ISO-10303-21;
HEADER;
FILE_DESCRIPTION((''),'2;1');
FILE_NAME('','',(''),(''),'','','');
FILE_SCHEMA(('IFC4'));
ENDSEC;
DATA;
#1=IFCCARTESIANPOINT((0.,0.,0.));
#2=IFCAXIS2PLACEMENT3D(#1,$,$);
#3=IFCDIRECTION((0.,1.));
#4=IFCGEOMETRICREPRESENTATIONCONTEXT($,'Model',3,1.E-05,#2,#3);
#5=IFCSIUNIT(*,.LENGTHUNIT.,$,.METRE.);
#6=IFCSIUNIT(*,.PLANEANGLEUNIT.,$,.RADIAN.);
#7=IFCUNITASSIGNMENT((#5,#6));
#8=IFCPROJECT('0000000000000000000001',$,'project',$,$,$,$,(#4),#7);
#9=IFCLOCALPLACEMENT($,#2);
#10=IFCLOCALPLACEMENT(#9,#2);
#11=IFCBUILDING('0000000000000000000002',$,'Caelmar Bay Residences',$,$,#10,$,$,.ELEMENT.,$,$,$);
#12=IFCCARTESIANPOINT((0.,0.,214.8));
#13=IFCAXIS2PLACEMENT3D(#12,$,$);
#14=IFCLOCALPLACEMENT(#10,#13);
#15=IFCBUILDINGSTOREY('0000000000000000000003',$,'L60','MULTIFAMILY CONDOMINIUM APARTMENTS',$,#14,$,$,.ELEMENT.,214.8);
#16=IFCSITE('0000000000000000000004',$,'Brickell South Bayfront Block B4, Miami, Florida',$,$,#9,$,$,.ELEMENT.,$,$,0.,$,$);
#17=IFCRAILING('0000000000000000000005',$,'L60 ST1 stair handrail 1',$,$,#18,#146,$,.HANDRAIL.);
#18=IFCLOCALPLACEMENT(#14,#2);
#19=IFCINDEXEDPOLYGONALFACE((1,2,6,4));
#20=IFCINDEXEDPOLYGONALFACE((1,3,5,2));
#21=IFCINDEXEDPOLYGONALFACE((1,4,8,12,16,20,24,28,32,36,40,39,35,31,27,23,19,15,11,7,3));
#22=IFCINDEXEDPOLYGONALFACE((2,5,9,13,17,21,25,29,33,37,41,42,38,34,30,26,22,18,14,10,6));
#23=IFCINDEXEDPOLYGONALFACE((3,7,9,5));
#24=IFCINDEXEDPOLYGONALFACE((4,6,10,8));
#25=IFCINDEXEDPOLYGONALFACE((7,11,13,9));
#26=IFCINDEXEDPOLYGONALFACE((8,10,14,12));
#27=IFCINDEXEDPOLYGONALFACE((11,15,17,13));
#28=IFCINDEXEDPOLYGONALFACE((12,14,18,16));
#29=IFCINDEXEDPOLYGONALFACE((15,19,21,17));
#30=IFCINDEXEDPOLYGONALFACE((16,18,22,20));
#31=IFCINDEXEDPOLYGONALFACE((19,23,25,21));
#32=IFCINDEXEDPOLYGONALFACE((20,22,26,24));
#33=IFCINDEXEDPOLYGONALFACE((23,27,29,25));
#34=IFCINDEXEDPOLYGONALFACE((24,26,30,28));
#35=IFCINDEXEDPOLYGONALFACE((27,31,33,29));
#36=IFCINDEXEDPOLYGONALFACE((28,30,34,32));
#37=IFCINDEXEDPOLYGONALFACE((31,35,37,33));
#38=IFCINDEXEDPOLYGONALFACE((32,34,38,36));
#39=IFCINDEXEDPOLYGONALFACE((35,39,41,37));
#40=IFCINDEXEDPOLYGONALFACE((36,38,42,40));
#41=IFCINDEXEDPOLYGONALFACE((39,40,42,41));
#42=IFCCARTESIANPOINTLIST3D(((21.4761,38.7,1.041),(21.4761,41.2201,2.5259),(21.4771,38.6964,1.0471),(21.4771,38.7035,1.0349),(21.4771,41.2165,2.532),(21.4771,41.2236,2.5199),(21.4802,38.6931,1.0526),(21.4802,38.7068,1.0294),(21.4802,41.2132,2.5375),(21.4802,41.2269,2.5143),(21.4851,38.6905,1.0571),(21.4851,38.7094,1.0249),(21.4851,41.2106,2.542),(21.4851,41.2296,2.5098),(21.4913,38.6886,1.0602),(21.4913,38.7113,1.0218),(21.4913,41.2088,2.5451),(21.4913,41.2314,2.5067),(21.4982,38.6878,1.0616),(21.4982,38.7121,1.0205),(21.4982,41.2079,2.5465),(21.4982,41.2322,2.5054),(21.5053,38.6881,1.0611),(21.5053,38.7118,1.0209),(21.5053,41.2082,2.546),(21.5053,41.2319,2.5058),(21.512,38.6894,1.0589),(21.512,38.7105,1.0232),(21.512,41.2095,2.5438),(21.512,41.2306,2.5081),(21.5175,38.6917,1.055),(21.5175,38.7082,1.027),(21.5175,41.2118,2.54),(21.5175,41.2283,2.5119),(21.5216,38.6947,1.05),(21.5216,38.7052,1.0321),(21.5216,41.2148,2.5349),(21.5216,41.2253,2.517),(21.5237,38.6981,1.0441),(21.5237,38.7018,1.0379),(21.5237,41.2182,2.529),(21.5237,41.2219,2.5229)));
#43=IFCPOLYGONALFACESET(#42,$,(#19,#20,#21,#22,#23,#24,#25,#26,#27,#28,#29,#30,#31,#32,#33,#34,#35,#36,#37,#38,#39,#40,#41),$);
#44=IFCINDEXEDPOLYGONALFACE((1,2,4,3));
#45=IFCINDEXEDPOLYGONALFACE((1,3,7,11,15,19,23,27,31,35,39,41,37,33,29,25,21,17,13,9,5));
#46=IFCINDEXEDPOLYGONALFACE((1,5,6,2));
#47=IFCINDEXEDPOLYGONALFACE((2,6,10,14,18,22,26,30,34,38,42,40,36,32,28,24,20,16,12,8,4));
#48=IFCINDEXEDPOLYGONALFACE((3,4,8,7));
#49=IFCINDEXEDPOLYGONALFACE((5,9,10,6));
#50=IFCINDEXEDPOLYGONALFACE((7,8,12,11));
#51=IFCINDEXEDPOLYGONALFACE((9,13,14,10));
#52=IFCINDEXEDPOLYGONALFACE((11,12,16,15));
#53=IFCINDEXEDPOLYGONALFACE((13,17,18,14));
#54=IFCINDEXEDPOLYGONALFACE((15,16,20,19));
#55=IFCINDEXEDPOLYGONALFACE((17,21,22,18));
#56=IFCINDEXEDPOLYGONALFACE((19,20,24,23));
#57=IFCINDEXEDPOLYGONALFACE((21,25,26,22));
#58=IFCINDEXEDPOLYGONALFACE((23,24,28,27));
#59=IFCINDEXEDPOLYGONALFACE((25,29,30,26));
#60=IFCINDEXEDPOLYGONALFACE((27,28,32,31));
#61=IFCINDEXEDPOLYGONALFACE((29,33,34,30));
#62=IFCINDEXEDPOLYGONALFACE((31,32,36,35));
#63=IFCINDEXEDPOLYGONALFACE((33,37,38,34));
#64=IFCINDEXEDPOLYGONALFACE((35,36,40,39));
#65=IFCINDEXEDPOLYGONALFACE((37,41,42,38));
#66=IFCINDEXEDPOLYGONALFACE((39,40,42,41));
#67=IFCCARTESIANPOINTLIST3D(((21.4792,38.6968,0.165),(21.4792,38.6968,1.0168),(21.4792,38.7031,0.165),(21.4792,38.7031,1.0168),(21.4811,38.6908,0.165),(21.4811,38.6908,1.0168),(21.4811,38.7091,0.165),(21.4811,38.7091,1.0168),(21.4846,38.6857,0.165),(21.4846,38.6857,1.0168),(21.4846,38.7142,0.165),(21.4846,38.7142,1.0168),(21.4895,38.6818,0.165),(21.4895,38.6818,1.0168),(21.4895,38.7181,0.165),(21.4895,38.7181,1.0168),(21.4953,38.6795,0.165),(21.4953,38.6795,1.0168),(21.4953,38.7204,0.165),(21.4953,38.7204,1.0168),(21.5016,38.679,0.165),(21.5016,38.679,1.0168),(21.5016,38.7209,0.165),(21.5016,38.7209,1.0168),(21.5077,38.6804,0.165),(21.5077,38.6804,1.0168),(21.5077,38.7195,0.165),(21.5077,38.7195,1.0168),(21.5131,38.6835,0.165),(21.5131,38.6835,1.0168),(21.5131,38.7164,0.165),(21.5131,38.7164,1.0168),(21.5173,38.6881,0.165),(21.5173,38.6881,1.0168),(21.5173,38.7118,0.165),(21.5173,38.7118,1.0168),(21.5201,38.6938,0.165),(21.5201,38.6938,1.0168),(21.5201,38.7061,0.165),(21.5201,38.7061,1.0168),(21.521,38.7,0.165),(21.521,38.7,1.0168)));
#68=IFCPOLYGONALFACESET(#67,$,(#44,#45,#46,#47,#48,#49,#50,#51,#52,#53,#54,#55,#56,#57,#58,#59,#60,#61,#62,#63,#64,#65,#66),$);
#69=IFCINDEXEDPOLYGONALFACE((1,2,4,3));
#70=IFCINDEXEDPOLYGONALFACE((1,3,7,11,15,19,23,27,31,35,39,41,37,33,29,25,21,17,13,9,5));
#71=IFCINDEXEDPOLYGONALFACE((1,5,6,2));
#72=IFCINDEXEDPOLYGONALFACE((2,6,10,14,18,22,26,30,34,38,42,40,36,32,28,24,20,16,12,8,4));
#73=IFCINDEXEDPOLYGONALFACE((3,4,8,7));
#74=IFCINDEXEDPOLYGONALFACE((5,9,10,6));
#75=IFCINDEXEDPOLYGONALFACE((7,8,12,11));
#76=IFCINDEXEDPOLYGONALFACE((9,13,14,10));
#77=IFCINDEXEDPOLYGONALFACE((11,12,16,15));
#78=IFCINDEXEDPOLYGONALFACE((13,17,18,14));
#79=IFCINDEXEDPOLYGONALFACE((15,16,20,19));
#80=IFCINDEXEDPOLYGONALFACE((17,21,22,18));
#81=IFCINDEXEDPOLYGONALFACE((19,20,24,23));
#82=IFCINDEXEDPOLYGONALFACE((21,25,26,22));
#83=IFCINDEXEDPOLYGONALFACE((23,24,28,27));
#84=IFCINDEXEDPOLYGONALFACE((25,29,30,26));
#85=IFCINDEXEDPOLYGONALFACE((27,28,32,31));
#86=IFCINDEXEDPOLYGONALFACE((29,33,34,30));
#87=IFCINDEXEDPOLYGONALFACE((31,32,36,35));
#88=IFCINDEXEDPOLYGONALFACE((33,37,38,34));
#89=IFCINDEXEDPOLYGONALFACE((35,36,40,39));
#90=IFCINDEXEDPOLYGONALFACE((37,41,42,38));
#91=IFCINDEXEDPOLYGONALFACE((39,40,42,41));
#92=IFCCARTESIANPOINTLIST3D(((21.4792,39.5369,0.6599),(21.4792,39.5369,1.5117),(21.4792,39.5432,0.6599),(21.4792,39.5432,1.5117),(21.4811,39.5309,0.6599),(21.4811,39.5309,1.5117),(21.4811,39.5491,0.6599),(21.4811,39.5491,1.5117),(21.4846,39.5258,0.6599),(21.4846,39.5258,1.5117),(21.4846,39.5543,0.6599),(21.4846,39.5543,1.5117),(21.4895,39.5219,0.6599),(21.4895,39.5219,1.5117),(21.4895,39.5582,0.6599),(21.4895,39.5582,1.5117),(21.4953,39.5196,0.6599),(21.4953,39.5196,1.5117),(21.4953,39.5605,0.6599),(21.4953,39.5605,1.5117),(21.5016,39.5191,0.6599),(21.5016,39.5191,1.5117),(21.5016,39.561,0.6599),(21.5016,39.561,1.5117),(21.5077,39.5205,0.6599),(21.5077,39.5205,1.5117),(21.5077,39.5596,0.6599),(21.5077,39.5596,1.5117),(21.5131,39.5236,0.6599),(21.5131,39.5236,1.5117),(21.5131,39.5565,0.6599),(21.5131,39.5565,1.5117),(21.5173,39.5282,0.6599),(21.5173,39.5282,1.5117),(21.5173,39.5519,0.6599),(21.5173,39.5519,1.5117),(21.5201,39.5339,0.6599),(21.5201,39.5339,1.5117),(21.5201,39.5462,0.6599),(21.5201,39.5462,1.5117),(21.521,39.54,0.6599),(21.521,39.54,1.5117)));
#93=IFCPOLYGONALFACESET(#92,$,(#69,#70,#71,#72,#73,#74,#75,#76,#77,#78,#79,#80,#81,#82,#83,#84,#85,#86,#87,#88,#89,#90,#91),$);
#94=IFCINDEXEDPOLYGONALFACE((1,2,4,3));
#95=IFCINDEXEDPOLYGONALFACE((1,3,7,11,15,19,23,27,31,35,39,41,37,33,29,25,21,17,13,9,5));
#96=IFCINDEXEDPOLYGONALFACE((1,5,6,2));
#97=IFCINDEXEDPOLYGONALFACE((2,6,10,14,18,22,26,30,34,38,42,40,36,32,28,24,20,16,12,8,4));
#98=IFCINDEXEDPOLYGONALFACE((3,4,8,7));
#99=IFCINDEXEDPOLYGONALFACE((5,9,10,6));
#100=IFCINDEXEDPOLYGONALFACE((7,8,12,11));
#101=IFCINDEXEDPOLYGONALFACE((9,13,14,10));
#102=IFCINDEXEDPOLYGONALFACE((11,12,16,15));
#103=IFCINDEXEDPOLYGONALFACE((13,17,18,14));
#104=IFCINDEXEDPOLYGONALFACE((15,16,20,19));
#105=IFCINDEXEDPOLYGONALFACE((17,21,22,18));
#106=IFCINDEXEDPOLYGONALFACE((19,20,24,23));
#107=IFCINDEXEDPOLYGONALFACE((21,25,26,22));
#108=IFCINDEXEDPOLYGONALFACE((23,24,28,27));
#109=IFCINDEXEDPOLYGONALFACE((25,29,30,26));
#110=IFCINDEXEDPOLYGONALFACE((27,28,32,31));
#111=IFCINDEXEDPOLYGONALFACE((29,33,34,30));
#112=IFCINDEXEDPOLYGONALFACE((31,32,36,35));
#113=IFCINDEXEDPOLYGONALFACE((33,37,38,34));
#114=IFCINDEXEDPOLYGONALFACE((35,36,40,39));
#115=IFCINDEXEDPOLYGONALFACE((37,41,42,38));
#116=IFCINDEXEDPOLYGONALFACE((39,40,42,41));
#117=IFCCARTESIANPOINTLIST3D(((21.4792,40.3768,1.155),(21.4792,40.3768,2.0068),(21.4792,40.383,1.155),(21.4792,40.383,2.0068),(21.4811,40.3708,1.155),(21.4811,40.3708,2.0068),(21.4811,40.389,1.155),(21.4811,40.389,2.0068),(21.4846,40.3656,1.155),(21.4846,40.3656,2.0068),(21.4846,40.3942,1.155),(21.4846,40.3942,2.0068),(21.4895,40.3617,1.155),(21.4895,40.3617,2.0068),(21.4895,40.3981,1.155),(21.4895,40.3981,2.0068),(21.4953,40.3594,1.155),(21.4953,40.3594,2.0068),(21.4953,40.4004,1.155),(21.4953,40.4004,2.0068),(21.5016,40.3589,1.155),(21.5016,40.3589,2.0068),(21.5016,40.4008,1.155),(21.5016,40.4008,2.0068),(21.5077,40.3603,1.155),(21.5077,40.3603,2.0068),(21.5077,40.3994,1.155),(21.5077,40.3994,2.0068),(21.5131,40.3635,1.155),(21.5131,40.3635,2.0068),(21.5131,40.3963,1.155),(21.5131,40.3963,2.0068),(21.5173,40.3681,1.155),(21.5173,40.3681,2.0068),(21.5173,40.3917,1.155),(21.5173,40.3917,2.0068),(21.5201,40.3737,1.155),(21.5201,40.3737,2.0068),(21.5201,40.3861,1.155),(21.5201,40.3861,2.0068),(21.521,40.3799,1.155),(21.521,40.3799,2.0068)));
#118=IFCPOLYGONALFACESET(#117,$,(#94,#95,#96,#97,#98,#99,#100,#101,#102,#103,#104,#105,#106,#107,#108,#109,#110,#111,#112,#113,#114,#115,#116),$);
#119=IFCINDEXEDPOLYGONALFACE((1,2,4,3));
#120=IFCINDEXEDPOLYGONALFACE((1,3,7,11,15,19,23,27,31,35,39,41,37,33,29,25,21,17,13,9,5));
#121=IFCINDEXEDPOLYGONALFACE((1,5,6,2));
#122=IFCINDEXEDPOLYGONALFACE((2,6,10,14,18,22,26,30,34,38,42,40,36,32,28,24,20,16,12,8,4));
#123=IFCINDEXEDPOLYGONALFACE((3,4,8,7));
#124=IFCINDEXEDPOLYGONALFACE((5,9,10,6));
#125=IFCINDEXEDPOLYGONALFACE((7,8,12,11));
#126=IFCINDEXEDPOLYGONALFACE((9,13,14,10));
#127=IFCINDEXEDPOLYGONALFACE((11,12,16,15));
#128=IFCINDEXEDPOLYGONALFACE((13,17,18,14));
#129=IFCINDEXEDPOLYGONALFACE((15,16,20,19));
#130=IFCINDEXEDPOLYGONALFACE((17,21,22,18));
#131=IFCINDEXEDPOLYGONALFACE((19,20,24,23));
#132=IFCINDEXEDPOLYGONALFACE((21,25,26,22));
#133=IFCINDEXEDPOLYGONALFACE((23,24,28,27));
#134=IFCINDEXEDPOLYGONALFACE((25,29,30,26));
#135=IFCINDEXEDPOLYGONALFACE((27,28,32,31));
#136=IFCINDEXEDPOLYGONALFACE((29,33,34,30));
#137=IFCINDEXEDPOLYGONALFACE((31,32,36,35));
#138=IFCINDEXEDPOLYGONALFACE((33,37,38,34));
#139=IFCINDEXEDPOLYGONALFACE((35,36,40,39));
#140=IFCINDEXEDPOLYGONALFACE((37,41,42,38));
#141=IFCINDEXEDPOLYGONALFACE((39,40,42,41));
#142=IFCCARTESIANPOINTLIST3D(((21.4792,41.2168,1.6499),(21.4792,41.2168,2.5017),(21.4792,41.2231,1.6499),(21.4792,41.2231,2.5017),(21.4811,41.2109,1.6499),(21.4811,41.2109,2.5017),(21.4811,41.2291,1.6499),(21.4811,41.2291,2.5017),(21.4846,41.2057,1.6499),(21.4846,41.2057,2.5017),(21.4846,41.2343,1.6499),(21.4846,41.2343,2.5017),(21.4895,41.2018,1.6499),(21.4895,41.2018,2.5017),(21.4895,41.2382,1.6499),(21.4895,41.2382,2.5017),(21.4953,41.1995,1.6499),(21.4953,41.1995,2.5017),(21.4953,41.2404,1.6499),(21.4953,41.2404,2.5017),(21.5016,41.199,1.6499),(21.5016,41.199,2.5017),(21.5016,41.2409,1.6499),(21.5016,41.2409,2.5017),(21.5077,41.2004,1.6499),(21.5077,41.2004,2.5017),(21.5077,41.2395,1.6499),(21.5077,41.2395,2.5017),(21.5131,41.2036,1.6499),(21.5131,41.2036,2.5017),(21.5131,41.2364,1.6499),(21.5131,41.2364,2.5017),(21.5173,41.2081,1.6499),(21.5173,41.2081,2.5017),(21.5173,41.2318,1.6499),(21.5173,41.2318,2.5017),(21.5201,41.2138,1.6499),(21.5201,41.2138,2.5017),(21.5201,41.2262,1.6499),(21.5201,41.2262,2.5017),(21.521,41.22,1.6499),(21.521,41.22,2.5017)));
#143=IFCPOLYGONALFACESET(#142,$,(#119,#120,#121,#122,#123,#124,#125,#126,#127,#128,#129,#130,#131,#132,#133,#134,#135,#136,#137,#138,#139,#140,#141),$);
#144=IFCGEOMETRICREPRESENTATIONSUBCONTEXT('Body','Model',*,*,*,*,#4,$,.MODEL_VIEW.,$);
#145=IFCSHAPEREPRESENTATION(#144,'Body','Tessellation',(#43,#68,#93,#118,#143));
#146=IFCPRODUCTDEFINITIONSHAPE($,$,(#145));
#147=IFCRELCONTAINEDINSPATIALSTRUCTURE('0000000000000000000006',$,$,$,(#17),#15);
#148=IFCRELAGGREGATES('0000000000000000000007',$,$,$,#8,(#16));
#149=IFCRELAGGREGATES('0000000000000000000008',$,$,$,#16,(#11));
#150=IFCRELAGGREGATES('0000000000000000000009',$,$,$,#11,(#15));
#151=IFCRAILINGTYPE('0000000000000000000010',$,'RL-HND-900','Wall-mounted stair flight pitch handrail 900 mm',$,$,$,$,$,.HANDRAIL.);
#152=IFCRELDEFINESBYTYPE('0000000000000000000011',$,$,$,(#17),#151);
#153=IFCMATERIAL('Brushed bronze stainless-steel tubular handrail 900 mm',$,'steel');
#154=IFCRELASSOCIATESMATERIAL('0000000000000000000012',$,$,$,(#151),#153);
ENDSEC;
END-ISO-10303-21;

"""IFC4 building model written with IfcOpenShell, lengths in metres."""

from ifc_helpers import new_model, si_unit, direction, frame, origin, origin_2d, place, context, subcontext, project, spatial, circle, extrude, material, type_object, element, save


model = new_model("IFC4")

# Units and contexts
model_context = context("Model", 3, precision=1e-05, world=origin(), true_north=direction((0.0, 1.0)))
body_context = subcontext(model_context, "Body", "Model", "MODEL_VIEW")
ifc_project = project(units=[si_unit("LENGTHUNIT", "METRE"), si_unit("PLANEANGLEUNIT", "RADIAN")], contexts=[model_context])

# Site, building, storey
site_placement = place(None, origin())
site = spatial("IfcSite", under=ifc_project, at=site_placement, Name="Brickell South Bayfront Block B4, Miami, Florida", CompositionType="ELEMENT", RefElevation=0.0)
building_placement = place(site_placement, origin())
building = spatial("IfcBuilding", under=site, at=building_placement, Name="Caelmar Bay Residences", CompositionType="ELEMENT")
storey_placement = place(building_placement, frame((0.0, 0.0, 214.8)))
storey = spatial("IfcBuildingStorey", under=building, at=storey_placement, Name="L60", Description="MULTIFAMILY CONDOMINIUM APARTMENTS", CompositionType="ELEMENT", Elevation=214.8)

# Railing
ifc_material_1 = material(Name="Brushed bronze stainless-steel tubular handrail 900 mm", Category="steel")
railing_type_1 = type_object("IfcRailingType", Name="RL-HND-900", Description="Wall-mounted stair flight pitch handrail 900 mm", PredefinedType="HANDRAIL", material=ifc_material_1)
for number, where, name in (
    (1, (21.5, 38.7, 0.165), "L60 ST1 stair handrail 1"),
):
    element("IfcRailing", number, at=place(storey_placement, frame(where)), inside=storey, type_object=railing_type_1, Name=name, PredefinedType="HANDRAIL", context=body_context, shape_type="SweptSolid", body=[
        extrude(circle(Radius=0.0239, at=origin_2d()), frame((0.0, 0.0, 0.876), z_axis=(0.0, 0.861561, 0.507655), x_axis=(-1.0, 0.0, 0.0)), (0.0, 0.0, 1.0), 2.925),
        extrude(circle(Radius=0.021, at=origin_2d()), origin(), (0.0, 0.0, 1.0), 0.8518),
        extrude(circle(Radius=0.021, at=origin_2d()), frame((0.0, 0.8401, 0.4949)), (0.0, 0.0, 1.0), 0.8518),
        extrude(circle(Radius=0.021, at=origin_2d()), frame((0.0, 1.6799, 0.99)), (0.0, 0.0, 1.0), 0.8518),
        extrude(circle(Radius=0.021, at=origin_2d()), frame((0.0, 2.52, 1.4849)), (0.0, 0.0, 1.0), 0.8518),
    ])

save(model, "model.ifc")
